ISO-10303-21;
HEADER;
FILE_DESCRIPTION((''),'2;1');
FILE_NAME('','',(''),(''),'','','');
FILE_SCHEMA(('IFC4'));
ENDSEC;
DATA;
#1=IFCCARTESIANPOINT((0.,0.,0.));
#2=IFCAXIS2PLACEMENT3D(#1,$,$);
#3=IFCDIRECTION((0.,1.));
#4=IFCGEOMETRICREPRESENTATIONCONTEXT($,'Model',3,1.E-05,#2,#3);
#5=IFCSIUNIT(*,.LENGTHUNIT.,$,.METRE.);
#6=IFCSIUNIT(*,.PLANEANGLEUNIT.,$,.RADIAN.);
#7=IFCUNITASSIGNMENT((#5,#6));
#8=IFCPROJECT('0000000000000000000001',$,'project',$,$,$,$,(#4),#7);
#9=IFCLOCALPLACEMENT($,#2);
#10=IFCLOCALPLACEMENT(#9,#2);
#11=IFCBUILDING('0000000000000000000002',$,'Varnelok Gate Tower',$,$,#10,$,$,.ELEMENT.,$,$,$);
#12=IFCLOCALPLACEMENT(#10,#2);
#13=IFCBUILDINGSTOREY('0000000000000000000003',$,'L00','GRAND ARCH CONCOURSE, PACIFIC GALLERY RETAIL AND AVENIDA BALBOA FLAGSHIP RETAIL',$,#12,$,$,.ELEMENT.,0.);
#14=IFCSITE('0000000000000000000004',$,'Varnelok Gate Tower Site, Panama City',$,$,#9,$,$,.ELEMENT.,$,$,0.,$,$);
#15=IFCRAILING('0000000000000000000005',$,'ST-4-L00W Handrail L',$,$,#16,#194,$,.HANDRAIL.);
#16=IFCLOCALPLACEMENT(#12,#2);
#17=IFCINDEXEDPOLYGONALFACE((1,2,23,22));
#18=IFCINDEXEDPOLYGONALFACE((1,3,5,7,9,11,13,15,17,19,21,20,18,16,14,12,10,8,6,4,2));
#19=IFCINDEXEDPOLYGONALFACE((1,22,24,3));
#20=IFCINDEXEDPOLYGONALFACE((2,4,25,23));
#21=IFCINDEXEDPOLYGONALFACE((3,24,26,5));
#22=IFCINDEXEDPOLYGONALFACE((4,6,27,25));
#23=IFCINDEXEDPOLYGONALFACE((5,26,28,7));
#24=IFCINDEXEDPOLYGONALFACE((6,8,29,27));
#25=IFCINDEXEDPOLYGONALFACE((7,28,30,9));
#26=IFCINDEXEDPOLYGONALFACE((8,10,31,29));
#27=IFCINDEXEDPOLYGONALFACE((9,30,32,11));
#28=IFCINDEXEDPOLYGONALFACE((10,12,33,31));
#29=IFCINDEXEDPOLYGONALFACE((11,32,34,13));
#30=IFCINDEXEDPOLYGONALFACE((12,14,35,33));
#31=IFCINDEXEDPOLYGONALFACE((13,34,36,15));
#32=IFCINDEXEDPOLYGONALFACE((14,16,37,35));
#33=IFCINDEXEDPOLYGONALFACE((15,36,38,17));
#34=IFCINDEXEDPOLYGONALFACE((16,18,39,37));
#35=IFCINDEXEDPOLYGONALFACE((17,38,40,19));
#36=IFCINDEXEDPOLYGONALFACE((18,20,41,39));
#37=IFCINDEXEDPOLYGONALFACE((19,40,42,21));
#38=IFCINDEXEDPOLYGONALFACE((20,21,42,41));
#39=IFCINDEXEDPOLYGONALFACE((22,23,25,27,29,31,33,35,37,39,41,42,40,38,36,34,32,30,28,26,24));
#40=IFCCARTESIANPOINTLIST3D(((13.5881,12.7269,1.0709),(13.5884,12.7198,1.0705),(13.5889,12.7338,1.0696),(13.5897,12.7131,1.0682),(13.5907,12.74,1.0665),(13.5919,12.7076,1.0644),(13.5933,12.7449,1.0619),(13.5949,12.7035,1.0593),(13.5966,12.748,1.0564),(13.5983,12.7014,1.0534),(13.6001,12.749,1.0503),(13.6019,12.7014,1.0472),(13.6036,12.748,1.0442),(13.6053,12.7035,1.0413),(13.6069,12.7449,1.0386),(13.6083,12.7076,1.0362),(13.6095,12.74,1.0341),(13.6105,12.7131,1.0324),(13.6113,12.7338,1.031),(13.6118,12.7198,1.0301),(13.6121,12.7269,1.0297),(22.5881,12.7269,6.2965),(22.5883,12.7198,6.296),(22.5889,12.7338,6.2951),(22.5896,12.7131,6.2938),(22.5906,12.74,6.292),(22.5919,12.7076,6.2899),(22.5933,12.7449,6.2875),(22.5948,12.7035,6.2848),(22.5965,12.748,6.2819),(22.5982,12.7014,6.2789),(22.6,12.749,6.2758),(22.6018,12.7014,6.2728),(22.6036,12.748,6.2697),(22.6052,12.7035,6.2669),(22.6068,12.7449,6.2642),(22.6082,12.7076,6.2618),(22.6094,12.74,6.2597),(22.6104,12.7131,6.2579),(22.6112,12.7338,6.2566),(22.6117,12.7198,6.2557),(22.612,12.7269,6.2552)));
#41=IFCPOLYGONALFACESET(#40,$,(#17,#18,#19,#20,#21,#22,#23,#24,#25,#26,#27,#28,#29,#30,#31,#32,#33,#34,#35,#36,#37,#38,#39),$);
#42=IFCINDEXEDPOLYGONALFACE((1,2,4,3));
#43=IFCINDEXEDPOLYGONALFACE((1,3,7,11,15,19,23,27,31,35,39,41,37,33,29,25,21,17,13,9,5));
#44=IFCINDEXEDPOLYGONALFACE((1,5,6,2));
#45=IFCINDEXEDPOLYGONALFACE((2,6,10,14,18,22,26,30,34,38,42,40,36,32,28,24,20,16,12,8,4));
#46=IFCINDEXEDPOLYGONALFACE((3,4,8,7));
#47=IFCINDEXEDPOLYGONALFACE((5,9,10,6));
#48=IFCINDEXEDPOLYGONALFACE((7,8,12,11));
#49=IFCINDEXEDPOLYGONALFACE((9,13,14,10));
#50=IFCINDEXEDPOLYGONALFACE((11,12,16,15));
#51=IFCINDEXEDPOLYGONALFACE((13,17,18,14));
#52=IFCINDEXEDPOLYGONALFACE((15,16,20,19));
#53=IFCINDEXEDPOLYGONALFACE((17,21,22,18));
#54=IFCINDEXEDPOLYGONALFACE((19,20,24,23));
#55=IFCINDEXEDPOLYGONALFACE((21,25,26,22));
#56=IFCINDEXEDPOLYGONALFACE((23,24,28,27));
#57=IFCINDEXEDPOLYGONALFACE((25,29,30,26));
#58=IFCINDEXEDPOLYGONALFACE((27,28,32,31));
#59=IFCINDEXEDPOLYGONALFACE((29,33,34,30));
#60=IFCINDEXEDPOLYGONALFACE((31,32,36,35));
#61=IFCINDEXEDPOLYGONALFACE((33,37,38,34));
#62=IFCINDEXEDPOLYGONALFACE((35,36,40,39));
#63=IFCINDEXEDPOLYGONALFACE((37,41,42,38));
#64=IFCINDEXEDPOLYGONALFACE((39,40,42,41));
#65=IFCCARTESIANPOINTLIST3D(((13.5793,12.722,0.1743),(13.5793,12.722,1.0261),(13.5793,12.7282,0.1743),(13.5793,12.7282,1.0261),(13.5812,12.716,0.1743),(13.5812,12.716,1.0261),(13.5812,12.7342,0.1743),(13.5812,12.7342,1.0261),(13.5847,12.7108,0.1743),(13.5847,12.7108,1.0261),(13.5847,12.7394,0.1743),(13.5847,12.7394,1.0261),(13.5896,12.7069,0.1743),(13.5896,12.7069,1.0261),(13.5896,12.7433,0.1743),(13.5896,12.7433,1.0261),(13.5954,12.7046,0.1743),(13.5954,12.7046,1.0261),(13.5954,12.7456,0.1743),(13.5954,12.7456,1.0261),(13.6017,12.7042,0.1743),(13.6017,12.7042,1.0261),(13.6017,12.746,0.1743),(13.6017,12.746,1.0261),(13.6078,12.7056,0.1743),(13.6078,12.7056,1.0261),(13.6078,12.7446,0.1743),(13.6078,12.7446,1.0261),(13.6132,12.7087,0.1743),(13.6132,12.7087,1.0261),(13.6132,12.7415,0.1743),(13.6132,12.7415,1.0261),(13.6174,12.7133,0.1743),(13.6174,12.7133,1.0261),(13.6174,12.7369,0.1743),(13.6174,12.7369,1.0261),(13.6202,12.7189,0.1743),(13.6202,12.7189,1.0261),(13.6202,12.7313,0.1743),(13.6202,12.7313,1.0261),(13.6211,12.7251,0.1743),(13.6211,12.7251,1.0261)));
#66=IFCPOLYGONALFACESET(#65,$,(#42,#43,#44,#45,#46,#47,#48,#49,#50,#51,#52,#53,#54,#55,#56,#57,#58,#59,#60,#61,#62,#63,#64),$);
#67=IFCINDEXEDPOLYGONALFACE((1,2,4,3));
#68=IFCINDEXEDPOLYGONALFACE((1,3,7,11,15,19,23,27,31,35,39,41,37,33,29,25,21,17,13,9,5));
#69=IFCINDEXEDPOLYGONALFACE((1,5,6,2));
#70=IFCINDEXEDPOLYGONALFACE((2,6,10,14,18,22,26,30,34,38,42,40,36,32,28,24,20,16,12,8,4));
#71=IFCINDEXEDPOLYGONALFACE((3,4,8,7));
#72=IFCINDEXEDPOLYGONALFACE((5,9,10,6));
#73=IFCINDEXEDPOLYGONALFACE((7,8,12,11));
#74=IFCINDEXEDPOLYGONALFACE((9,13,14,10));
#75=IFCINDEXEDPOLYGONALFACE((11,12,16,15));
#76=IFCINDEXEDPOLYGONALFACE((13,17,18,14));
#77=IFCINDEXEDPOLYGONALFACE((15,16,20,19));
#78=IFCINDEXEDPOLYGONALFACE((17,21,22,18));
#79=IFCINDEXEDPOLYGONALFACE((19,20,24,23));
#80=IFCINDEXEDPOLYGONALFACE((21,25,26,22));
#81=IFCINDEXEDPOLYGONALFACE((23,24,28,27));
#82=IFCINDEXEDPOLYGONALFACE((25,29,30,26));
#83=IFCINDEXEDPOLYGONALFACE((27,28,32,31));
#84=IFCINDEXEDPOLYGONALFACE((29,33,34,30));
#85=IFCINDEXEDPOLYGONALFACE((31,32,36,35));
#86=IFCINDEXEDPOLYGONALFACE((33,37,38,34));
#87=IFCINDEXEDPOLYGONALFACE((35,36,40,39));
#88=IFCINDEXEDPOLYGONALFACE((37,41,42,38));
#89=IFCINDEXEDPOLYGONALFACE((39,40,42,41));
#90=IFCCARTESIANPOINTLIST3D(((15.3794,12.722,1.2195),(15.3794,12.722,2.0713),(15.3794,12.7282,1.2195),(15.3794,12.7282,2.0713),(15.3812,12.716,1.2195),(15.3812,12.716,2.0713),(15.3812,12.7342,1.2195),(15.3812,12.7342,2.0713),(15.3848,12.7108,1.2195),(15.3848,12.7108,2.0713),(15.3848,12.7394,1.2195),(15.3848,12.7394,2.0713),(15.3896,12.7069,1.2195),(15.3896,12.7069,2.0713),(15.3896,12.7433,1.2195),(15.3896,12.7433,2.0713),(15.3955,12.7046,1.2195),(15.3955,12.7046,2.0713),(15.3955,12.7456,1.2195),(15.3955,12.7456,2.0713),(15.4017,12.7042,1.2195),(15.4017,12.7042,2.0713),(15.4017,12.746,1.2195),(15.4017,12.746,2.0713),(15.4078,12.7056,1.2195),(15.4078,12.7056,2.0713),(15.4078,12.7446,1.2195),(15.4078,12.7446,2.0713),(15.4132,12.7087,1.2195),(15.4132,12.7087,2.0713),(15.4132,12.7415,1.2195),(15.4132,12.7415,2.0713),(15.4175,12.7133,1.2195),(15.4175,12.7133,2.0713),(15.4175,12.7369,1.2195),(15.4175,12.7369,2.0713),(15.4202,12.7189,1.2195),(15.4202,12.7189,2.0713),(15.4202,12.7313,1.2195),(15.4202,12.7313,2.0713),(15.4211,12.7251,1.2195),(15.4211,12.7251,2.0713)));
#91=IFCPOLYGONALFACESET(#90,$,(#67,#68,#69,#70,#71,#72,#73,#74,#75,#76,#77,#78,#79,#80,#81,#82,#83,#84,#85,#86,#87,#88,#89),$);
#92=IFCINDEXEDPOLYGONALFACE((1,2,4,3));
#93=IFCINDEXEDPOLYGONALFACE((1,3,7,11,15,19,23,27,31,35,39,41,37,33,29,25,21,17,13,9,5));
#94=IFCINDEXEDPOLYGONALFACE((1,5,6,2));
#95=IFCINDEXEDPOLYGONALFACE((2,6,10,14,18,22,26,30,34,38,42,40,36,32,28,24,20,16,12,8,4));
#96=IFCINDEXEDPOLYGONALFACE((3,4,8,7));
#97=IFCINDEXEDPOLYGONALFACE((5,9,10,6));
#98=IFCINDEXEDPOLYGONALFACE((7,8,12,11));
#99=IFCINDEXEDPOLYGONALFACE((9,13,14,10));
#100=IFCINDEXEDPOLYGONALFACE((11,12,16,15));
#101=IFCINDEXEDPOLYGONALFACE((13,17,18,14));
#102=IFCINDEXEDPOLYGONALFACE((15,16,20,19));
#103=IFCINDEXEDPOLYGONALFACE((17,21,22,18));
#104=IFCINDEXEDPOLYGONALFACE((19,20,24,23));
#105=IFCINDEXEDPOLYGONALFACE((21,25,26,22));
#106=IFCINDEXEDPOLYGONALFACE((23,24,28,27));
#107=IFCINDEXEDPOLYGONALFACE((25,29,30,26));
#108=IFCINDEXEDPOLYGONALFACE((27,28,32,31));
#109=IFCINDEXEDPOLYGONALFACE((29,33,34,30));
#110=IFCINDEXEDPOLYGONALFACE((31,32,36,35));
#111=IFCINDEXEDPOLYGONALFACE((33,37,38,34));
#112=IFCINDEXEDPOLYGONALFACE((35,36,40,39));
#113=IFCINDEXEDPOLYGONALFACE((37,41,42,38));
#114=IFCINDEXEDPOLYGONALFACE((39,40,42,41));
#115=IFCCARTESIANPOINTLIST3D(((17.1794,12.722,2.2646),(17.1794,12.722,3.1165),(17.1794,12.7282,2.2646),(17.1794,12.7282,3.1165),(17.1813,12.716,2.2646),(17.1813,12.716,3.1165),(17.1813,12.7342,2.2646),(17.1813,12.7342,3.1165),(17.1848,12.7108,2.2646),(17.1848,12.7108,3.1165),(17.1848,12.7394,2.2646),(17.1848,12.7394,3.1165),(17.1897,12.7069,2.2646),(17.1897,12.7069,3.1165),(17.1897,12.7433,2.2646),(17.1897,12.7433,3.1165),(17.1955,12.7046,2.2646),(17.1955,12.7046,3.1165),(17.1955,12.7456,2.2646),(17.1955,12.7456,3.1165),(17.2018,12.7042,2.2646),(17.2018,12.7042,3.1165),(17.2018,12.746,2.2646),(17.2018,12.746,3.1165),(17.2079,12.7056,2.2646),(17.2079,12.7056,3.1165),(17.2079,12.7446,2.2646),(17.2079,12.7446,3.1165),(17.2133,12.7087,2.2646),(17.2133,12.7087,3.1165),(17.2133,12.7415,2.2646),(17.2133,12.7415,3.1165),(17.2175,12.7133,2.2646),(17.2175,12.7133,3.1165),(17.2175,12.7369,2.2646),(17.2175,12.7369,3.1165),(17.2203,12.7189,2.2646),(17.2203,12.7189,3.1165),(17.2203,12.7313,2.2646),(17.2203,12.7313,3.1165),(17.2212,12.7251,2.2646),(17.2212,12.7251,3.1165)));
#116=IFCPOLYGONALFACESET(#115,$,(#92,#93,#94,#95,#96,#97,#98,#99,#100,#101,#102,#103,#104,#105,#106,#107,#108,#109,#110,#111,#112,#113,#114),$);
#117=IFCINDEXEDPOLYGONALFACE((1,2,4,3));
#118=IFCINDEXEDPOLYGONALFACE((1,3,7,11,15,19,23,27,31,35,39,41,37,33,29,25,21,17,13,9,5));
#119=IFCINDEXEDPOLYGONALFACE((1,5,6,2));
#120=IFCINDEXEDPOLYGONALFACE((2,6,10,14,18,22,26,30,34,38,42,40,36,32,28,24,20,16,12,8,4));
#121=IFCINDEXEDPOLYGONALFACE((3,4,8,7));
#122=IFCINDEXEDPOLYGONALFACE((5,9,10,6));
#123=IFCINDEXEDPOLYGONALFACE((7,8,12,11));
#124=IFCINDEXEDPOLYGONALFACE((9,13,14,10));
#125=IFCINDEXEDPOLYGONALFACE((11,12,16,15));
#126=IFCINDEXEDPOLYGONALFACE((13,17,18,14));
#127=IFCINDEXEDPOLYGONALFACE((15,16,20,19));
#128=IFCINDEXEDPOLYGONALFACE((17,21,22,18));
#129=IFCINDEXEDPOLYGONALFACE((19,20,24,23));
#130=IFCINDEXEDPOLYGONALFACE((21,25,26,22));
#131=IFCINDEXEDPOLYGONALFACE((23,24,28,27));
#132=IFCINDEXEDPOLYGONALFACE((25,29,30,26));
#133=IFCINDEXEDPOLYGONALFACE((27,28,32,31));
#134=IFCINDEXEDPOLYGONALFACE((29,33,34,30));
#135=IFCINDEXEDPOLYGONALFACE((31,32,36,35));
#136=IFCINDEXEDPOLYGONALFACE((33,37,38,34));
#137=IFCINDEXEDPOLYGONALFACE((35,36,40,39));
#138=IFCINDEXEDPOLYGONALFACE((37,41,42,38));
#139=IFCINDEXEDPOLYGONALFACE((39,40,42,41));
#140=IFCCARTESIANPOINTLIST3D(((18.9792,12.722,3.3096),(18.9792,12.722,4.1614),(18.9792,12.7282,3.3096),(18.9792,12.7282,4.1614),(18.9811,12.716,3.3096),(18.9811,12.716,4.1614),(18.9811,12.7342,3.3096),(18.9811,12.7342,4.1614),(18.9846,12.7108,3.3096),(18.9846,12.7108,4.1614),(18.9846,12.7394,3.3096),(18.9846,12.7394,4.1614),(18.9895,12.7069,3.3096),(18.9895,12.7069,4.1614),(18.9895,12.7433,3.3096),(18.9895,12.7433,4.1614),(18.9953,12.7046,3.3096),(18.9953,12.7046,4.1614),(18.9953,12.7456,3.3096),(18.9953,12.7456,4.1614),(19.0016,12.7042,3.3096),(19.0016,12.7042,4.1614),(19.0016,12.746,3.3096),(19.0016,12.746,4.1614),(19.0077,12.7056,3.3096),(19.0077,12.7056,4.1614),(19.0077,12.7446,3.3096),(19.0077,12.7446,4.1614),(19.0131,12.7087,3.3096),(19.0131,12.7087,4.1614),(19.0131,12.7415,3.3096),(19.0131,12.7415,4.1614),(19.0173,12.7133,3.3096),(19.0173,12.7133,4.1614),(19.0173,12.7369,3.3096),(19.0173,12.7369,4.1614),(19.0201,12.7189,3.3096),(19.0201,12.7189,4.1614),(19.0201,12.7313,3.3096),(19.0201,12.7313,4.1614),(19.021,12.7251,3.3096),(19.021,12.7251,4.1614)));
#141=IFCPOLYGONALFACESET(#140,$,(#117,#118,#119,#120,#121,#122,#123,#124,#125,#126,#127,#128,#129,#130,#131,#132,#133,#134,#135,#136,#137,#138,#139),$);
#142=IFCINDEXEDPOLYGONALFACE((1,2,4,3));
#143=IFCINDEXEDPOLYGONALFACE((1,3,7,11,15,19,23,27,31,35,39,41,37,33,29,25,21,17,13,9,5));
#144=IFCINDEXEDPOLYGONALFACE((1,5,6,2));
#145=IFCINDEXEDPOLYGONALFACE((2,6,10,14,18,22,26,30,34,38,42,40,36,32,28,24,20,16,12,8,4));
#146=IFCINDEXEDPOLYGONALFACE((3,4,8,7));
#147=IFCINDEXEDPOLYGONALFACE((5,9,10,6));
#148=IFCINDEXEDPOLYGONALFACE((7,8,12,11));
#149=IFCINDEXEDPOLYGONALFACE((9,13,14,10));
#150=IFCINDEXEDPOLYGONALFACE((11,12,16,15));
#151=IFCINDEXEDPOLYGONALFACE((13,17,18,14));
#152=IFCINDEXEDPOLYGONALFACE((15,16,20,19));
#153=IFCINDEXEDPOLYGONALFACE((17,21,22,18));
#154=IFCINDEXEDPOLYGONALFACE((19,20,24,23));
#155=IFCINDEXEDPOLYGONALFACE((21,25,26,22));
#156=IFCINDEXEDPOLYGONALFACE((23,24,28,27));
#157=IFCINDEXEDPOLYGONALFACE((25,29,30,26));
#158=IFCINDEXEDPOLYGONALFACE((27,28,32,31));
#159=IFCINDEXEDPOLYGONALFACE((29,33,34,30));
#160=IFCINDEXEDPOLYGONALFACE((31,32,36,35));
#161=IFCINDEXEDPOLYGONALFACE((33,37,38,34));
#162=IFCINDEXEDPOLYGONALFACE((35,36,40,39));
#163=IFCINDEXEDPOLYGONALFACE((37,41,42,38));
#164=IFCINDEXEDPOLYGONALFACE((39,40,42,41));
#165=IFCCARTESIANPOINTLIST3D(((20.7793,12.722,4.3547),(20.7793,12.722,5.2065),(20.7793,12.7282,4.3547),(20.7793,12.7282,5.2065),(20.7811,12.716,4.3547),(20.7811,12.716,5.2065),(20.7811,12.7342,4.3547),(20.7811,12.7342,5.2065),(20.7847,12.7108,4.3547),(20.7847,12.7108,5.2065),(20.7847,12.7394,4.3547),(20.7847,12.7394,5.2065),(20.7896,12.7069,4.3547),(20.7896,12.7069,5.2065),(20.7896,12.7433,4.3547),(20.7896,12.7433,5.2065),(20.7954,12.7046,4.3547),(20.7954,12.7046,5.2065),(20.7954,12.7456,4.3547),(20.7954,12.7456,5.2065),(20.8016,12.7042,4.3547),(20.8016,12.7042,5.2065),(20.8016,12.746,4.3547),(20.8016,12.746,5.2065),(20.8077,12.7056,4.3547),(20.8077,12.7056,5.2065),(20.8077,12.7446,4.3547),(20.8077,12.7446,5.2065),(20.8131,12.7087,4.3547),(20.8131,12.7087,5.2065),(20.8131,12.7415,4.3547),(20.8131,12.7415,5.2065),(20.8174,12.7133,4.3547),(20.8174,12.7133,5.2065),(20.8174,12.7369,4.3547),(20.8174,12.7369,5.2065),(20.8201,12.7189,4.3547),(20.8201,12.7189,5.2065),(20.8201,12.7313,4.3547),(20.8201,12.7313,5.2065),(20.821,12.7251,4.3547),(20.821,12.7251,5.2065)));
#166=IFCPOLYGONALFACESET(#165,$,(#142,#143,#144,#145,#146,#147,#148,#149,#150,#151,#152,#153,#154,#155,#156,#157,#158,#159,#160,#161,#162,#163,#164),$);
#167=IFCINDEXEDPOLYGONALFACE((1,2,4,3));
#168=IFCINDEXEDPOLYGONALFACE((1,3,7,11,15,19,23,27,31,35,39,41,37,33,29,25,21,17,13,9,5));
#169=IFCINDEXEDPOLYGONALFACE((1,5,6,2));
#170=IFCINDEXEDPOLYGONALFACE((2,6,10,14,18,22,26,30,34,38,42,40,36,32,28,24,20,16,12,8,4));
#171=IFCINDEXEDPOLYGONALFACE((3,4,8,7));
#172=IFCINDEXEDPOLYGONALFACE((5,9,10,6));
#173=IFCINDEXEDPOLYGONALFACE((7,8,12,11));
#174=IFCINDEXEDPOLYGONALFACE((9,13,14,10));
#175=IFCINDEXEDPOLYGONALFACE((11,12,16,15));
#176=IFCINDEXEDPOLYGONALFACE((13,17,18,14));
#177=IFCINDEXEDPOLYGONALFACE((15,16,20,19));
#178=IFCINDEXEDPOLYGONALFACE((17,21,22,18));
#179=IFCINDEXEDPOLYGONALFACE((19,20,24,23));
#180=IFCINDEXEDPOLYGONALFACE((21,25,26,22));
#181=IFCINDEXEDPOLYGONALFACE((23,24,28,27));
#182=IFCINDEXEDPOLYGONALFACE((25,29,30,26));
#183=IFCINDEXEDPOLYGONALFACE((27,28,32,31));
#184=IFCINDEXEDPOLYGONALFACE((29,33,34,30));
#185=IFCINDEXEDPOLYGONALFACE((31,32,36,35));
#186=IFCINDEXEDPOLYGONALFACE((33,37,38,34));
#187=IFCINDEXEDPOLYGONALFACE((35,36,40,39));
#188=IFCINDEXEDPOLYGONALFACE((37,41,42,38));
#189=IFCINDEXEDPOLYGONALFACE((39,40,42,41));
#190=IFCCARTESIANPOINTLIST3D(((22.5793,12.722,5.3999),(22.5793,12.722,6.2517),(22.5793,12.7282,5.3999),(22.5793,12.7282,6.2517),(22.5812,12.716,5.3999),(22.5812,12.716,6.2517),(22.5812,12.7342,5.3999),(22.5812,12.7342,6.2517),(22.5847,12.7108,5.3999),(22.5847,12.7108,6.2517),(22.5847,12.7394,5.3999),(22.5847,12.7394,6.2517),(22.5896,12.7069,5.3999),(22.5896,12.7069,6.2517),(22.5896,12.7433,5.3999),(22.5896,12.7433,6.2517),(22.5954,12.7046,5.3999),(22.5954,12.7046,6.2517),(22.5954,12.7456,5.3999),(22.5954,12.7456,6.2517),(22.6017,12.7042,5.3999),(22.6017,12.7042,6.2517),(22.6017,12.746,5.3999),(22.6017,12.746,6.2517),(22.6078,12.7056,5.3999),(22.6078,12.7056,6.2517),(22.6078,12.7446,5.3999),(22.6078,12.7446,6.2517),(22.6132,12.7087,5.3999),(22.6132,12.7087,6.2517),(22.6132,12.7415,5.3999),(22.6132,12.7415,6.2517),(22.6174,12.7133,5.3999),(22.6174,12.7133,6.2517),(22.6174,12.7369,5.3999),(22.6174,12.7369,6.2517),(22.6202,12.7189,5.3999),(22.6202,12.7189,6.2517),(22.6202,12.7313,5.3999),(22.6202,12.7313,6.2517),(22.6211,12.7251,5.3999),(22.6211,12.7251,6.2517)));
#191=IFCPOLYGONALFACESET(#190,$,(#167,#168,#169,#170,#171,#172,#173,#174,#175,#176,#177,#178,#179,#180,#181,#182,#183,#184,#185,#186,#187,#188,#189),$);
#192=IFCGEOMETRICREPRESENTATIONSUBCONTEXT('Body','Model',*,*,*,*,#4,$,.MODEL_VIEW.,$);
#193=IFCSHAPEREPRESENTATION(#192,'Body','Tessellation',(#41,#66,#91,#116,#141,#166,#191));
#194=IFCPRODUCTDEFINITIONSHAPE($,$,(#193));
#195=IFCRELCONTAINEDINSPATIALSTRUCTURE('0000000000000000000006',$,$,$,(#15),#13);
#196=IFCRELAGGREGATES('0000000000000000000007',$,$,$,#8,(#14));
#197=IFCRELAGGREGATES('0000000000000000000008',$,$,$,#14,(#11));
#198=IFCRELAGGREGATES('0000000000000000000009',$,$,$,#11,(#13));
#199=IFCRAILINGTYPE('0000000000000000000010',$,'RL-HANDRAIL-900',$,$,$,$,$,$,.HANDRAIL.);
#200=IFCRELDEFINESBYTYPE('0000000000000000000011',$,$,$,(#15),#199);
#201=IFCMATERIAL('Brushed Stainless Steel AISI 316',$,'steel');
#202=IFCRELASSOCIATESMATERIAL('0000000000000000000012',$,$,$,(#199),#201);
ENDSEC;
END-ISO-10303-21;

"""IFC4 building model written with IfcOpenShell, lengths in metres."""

from ifc_helpers import new_model, si_unit, direction, frame, origin, origin_2d, place, context, subcontext, project, spatial, circle, extrude, material, type_object, element, save


model = new_model("IFC4")

# Units and contexts
model_context = context("Model", 3, precision=1e-05, world=origin(), true_north=direction((0.0, 1.0)))
body_context = subcontext(model_context, "Body", "Model", "MODEL_VIEW")
ifc_project = project(units=[si_unit("LENGTHUNIT", "METRE"), si_unit("PLANEANGLEUNIT", "RADIAN")], contexts=[model_context])

# Site, building, storey
site_placement = place(None, origin())
site = spatial("IfcSite", under=ifc_project, at=site_placement, Name="Varnelok Gate Tower Site, Panama City", CompositionType="ELEMENT", RefElevation=0.0)
building_placement = place(site_placement, origin())
building = spatial("IfcBuilding", under=site, at=building_placement, Name="Varnelok Gate Tower", CompositionType="ELEMENT")
storey_placement = place(building_placement, origin())
storey = spatial("IfcBuildingStorey", under=building, at=storey_placement, Name="L00", Description="GRAND ARCH CONCOURSE, PACIFIC GALLERY RETAIL AND AVENIDA BALBOA FLAGSHIP RETAIL", CompositionType="ELEMENT", Elevation=0.0)

# Railing
ifc_material_1 = material(Name="Brushed Stainless Steel AISI 316", Category="steel")
railing_type_1 = type_object("IfcRailingType", Name="RL-HANDRAIL-900", PredefinedType="HANDRAIL", material=ifc_material_1)
railing_placement = place(storey_placement, frame((13.6001, 12.7251, 0.1743)))
element("IfcRailing", 1, at=railing_placement, inside=storey, type_object=railing_type_1, Name="ST-4-L00W Handrail L", PredefinedType="HANDRAIL", context=body_context, shape_type="SweptSolid", body=[
    extrude(circle(Radius=0.0239, at=origin_2d()), frame((0.0, 0.0, 0.876), z_axis=(0.864798, 0.0, 0.50212), x_axis=(0.0, 1.0, 0.0)), (0.0, 0.0, 1.0), 10.407),
    extrude(circle(Radius=0.021, at=origin_2d()), origin(), (0.0, 0.0, 1.0), 0.8518),
    extrude(circle(Radius=0.021, at=origin_2d()), frame((1.8, 0.0, 1.0452)), (0.0, 0.0, 1.0), 0.8518),
    extrude(circle(Radius=0.021, at=origin_2d()), frame((3.6001, 0.0, 2.0903)), (0.0, 0.0, 1.0), 0.8518),
    extrude(circle(Radius=0.021, at=origin_2d()), frame((5.3999, 0.0, 3.1353)), (0.0, 0.0, 1.0), 0.8518),
    extrude(circle(Radius=0.021, at=origin_2d()), frame((7.2, 0.0, 4.1804)), (0.0, 0.0, 1.0), 0.8518),
    extrude(circle(Radius=0.021, at=origin_2d()), frame((9.0, 0.0, 5.2256)), (0.0, 0.0, 1.0), 0.8518),
])

save(model, "model.ifc")
